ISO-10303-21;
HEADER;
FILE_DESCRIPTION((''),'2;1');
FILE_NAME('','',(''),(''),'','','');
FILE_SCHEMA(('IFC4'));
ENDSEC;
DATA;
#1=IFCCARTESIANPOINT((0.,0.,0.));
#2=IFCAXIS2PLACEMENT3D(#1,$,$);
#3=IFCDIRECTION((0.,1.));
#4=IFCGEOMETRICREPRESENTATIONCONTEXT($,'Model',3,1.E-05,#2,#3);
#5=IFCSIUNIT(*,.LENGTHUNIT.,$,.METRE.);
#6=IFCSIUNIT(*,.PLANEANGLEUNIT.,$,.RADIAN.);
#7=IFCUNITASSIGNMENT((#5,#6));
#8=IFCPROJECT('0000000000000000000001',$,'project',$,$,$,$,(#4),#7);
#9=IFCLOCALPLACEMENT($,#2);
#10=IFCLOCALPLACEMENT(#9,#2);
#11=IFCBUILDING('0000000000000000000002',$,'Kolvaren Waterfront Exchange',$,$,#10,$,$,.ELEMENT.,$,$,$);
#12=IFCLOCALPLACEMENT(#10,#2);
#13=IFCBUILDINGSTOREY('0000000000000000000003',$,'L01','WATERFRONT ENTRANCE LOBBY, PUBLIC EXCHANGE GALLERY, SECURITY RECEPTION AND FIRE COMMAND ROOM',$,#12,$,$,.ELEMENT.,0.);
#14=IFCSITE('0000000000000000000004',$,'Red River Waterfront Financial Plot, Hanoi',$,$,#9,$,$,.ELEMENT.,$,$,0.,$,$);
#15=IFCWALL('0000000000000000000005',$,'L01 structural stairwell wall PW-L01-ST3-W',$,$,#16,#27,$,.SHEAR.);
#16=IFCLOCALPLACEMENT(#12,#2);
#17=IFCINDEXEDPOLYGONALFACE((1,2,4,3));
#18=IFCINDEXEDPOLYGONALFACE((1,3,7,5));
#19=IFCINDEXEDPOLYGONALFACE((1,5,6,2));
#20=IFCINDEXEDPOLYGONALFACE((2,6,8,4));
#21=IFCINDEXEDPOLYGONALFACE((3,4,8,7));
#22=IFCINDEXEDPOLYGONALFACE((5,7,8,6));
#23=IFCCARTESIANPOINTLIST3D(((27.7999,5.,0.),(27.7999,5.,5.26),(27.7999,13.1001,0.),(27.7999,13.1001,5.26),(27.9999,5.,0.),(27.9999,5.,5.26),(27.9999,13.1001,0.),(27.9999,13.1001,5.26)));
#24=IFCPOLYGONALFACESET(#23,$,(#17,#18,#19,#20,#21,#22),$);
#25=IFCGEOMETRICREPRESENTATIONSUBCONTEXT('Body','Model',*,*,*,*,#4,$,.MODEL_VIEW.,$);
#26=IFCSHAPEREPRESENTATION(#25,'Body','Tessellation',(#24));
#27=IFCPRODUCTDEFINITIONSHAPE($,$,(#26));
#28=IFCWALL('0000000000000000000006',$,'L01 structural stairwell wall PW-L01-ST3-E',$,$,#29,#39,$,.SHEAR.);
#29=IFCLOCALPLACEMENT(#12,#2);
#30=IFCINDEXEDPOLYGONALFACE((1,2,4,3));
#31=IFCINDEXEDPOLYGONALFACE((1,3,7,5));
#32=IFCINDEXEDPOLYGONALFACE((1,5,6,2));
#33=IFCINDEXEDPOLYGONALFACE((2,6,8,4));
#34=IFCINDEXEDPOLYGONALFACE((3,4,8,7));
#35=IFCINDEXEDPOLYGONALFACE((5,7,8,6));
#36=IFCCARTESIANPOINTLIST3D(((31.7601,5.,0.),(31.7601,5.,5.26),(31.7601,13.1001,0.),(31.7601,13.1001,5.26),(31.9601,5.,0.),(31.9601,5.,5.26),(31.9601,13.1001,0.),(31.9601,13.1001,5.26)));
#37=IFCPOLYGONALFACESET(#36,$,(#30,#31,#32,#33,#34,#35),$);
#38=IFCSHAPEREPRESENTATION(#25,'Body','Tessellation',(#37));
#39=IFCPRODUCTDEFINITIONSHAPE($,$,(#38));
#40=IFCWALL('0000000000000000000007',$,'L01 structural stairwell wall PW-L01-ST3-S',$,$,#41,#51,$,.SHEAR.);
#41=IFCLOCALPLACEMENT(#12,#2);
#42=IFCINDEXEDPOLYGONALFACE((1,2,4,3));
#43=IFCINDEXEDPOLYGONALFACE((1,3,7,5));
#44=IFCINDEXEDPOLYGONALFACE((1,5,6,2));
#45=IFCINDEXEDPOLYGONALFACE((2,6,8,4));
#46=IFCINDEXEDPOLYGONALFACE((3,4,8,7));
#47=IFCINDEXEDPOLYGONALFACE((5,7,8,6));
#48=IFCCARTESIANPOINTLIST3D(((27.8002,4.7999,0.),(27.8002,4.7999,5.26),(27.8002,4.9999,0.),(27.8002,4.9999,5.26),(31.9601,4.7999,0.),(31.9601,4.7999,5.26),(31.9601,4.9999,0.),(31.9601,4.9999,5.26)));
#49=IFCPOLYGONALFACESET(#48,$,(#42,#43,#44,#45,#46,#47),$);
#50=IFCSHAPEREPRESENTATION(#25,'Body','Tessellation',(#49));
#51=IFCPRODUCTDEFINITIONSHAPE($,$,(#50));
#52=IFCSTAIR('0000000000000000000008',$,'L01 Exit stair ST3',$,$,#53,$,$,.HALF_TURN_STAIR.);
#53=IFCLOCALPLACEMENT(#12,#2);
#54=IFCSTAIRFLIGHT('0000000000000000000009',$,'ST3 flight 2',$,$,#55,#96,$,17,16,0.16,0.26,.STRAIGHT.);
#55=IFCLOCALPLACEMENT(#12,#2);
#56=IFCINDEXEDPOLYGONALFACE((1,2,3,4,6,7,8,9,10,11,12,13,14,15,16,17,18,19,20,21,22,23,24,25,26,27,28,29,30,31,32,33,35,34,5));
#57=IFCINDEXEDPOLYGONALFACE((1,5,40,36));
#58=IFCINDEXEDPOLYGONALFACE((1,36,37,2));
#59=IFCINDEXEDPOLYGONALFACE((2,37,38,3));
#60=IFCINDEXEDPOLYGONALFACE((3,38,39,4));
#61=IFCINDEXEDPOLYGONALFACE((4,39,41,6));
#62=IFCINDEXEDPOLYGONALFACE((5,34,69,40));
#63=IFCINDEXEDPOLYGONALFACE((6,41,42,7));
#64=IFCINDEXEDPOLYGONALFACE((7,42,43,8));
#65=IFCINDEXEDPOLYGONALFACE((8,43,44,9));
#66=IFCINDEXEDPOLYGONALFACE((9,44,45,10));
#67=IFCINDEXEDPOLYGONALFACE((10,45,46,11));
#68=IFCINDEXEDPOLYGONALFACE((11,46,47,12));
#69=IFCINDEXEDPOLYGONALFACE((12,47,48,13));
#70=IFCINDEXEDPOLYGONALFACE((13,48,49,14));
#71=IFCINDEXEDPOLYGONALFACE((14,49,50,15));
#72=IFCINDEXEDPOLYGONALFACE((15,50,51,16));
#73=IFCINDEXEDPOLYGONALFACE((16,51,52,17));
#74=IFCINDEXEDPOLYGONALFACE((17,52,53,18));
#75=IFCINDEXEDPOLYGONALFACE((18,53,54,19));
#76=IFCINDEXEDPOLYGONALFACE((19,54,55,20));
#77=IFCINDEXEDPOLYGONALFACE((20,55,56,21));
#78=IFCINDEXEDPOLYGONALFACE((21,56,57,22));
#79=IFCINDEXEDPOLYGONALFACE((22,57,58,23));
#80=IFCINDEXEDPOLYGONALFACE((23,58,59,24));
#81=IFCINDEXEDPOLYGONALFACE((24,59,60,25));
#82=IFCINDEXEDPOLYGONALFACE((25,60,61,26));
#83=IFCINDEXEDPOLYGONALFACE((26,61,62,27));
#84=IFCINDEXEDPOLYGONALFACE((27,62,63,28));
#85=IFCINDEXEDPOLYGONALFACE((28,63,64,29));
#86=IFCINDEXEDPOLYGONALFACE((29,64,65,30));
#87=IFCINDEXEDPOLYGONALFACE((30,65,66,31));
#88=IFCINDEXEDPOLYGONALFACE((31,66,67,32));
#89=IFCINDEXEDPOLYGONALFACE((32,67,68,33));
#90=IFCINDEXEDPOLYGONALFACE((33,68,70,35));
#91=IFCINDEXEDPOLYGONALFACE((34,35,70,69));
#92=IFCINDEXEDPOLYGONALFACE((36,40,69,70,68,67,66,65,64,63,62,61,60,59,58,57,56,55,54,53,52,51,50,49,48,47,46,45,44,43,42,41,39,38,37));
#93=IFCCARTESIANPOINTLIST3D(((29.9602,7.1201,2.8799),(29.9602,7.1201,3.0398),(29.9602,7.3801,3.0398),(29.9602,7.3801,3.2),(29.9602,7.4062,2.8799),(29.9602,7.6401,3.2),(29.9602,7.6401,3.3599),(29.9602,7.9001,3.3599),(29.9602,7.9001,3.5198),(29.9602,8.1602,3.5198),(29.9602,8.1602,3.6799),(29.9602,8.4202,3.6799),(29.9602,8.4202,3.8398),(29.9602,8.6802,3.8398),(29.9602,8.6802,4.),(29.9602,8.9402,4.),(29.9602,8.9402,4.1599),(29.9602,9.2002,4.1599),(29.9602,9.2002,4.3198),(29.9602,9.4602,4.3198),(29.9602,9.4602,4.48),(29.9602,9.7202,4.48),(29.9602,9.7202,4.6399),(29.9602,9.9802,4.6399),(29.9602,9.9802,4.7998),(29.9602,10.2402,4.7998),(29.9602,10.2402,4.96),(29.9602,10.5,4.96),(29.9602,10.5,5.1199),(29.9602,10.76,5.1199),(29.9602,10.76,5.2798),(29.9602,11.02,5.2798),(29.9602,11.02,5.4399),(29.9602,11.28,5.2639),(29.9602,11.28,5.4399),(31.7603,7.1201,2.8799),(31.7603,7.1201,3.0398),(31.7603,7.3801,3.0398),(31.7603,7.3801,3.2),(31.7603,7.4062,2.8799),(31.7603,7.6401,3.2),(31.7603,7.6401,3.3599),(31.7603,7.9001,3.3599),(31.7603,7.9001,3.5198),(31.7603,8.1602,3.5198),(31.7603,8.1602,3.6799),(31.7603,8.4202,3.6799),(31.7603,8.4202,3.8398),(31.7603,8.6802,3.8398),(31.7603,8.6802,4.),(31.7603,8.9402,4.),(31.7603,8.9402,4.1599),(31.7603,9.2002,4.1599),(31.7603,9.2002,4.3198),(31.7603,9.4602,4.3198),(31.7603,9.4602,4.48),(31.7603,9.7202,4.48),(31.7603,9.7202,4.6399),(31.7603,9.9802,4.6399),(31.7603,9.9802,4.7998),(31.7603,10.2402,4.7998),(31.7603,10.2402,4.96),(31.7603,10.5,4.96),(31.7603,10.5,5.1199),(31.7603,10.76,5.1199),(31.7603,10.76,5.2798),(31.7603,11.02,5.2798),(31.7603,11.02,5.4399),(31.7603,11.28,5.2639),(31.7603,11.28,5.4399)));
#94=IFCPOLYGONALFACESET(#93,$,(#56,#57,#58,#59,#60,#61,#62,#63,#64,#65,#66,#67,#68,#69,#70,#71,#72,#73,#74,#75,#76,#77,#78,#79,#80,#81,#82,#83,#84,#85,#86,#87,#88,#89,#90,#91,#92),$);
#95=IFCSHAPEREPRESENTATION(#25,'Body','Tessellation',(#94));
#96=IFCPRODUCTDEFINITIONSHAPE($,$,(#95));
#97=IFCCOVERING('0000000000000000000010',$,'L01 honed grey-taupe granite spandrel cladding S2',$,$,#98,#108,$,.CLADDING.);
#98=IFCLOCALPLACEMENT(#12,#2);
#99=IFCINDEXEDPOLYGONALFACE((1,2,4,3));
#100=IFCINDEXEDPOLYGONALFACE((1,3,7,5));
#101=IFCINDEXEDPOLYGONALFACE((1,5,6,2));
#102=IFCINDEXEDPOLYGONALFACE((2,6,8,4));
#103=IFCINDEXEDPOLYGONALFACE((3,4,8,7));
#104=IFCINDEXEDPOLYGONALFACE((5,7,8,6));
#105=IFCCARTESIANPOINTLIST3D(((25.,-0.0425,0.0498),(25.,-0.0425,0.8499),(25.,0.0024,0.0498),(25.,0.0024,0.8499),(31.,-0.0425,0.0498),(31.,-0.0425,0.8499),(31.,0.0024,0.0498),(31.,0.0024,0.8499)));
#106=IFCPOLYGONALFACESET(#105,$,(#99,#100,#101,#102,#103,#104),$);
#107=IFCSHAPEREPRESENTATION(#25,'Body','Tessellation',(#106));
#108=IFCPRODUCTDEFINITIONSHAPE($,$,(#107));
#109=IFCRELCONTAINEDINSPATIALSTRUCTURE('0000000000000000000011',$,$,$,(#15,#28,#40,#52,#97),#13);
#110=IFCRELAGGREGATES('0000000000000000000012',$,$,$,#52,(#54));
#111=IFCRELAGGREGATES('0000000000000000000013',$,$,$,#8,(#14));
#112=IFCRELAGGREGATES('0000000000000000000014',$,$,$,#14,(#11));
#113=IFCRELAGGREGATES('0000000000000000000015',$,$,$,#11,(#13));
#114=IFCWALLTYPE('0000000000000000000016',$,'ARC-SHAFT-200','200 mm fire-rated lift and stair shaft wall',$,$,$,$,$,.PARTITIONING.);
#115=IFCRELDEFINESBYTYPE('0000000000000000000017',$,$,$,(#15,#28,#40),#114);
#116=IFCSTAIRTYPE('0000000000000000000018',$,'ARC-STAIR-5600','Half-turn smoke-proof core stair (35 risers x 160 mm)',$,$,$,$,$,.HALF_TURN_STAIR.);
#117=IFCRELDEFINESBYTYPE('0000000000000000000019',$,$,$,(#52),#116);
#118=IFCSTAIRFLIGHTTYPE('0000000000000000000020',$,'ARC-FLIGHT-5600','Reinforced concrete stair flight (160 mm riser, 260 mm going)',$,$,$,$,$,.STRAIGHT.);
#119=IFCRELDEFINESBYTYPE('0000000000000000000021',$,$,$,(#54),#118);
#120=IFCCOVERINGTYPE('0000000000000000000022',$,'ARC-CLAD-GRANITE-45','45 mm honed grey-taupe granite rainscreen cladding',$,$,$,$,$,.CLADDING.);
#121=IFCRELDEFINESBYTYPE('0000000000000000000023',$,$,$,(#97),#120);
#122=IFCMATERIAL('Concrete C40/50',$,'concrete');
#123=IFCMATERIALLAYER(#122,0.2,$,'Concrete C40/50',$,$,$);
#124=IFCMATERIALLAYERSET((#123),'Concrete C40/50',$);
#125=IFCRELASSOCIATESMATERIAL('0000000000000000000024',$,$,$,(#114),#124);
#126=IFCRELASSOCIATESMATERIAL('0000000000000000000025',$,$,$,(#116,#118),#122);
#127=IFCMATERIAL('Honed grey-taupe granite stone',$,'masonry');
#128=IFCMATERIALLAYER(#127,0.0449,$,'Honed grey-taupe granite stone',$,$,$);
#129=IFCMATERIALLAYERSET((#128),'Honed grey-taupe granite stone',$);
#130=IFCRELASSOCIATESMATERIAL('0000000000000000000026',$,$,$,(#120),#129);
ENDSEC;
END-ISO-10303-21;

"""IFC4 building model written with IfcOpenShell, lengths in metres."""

from ifc_helpers import new_model, si_unit, direction, frame, frame_2d, origin, origin_2d, place, context, subcontext, project, spatial, polyline, rectangle, outline, extrude, material, layer, layer_set, type_object, element, aggregate, save


model = new_model("IFC4")

# Units and contexts
model_context = context("Model", 3, precision=1e-05, world=origin(), true_north=direction((0.0, 1.0)))
body_context = subcontext(model_context, "Body", "Model", "MODEL_VIEW")
ifc_project = project(units=[si_unit("LENGTHUNIT", "METRE"), si_unit("PLANEANGLEUNIT", "RADIAN")], contexts=[model_context])

# Site, building, storey
site_placement = place(None, origin())
site = spatial("IfcSite", under=ifc_project, at=site_placement, Name="Red River Waterfront Financial Plot, Hanoi", CompositionType="ELEMENT", RefElevation=0.0)
building_placement = place(site_placement, origin())
building = spatial("IfcBuilding", under=site, at=building_placement, Name="Kolvaren Waterfront Exchange", CompositionType="ELEMENT")
storey_placement = place(building_placement, origin())
storey = spatial("IfcBuildingStorey", under=building, at=storey_placement, Name="L01", Description="WATERFRONT ENTRANCE LOBBY, PUBLIC EXCHANGE GALLERY, SECURITY RECEPTION AND FIRE COMMAND ROOM", CompositionType="ELEMENT", Elevation=0.0)

# Walls
ifc_material_1 = material(Name="Concrete C40/50", Category="concrete")
ifc_layer_1 = layer(ifc_material_1, 0.2, Name="Concrete C40/50")
ifc_layer_set_1 = layer_set([ifc_layer_1], Name="Concrete C40/50")
wall_type_1 = type_object("IfcWallType", Name="ARC-SHAFT-200", Description="200 mm fire-rated lift and stair shaft wall", PredefinedType="PARTITIONING", material=ifc_layer_set_1)
for number, where, z_axis, x_axis, name in (
    (1, (27.8999, 5.0, 0.0), (0.0, 0.0, 1.0), (0.0, 1.0, 0.0), "L01 structural stairwell wall PW-L01-ST3-W"),
    (2, (31.8601, 5.0, 0.0), (0.0, 0.0, 1.0), (0.0, 1.0, 0.0), "L01 structural stairwell wall PW-L01-ST3-E"),
):
    element("IfcWall", number, at=place(storey_placement, frame(where, z_axis=z_axis, x_axis=x_axis)), inside=storey, type_object=wall_type_1, Name=name, PredefinedType="SHEAR", context=body_context, shape_type="SweptSolid", body=[
        extrude(rectangle(XDim=8.1001, YDim=0.2, at=frame_2d((4.05, 0.0))), origin(), (0.0, 0.0, 1.0), 5.26),
    ])
wall_1_placement = place(storey_placement, frame((27.8, 4.8999, 0.0), z_axis=(0.0, 0.0, 1.0), x_axis=(1.0, 0.0, 0.0)))
element("IfcWall", 3, at=wall_1_placement, inside=storey, type_object=wall_type_1, Name="L01 structural stairwell wall PW-L01-ST3-S", PredefinedType="SHEAR", context=body_context, shape_type="SweptSolid", body=[
    extrude(rectangle(XDim=4.1599, YDim=0.2, at=frame_2d((2.0801, 0.0))), origin(), (0.0, 0.0, 1.0), 5.26),
])

# Stair, stair flight
stair_type = type_object("IfcStairType", Name="ARC-STAIR-5600", Description="Half-turn smoke-proof core stair (35 risers x 160 mm)", PredefinedType="HALF_TURN_STAIR", material=ifc_material_1)
stair_placement = place(storey_placement, origin())
stair = element("IfcStair", 4, at=stair_placement, inside=storey, type_object=stair_type, Name="L01 Exit stair ST3", PredefinedType="HALF_TURN_STAIR")
stair_flight_type = type_object("IfcStairFlightType", Name="ARC-FLIGHT-5600", Description="Reinforced concrete stair flight (160 mm riser, 260 mm going)", PredefinedType="STRAIGHT", material=ifc_material_1)
stair_flight_placement = place(storey_placement, frame((30.8601, 7.1201, 2.8799), z_axis=(0.0, 0.0, 1.0), x_axis=(0.0, 1.0, 0.0)))
stair_flight = element("IfcStairFlight", 5, at=stair_flight_placement, type_object=stair_flight_type, Name="ST3 flight 2", NumberOfRisers=17, NumberOfTreads=16, PredefinedType="STRAIGHT", RiserHeight=0.16, TreadLength=0.26, context=body_context, shape_type="SweptSolid", body=[
    extrude(outline(polyline([(0.0, 0.0), (0.0, 0.1599), (0.26, 0.1599), (0.26, 0.3201), (0.52, 0.3201), (0.52, 0.48), (0.78, 0.48), (0.78, 0.6399), (1.04, 0.6399), (1.04, 0.8), (1.3, 0.8), (1.3, 0.96), (1.5601, 0.96), (1.5601, 1.1201), (1.8201, 1.1201), (1.8201, 1.28), (2.0801, 1.28), (2.0801, 1.4399), (2.3401, 1.4399), (2.3401, 1.6001), (2.6001, 1.6001), (2.6001, 1.76), (2.8601, 1.76), (2.8601, 1.9199), (3.1201, 1.9199), (3.1201, 2.0801), (3.3799, 2.0801), (3.3799, 2.24), (3.6399, 2.24), (3.6399, 2.3999), (3.8999, 2.3999), (3.8999, 2.5601), (4.1599, 2.5601), (4.1599, 2.72), (4.1599, 2.384), (0.2861, 0.0), (0.0, 0.0)])), frame((0.0, 0.8999, 0.0), z_axis=(0.0, -1.0, 0.0), x_axis=(1.0, 0.0, 0.0)), (0.0, 0.0, 1.0), 1.8),
])
aggregate(stair, [stair_flight])

# Covering
ifc_material_2 = material(Name="Honed grey-taupe granite stone", Category="masonry")
ifc_layer_2 = layer(ifc_material_2, 0.0449, Name="Honed grey-taupe granite stone")
ifc_layer_set_2 = layer_set([ifc_layer_2], Name="Honed grey-taupe granite stone")
covering_type = type_object("IfcCoveringType", Name="ARC-CLAD-GRANITE-45", Description="45 mm honed grey-taupe granite rainscreen cladding", PredefinedType="CLADDING", material=ifc_layer_set_2)
covering_placement = place(storey_placement, frame((28.0, -0.02, 0.0498), z_axis=(0.0, 0.0, 1.0), x_axis=(1.0, 0.0, 0.0)))
element("IfcCovering", 6, at=covering_placement, inside=storey, type_object=covering_type, Name="L01 honed grey-taupe granite spandrel cladding S2", PredefinedType="CLADDING", context=body_context, shape_type="SweptSolid", body=[
    extrude(rectangle(XDim=6.0, YDim=0.0449, at=origin_2d()), origin(), (0.0, 0.0, 1.0), 0.8),
])

save(model, "model.ifc")
